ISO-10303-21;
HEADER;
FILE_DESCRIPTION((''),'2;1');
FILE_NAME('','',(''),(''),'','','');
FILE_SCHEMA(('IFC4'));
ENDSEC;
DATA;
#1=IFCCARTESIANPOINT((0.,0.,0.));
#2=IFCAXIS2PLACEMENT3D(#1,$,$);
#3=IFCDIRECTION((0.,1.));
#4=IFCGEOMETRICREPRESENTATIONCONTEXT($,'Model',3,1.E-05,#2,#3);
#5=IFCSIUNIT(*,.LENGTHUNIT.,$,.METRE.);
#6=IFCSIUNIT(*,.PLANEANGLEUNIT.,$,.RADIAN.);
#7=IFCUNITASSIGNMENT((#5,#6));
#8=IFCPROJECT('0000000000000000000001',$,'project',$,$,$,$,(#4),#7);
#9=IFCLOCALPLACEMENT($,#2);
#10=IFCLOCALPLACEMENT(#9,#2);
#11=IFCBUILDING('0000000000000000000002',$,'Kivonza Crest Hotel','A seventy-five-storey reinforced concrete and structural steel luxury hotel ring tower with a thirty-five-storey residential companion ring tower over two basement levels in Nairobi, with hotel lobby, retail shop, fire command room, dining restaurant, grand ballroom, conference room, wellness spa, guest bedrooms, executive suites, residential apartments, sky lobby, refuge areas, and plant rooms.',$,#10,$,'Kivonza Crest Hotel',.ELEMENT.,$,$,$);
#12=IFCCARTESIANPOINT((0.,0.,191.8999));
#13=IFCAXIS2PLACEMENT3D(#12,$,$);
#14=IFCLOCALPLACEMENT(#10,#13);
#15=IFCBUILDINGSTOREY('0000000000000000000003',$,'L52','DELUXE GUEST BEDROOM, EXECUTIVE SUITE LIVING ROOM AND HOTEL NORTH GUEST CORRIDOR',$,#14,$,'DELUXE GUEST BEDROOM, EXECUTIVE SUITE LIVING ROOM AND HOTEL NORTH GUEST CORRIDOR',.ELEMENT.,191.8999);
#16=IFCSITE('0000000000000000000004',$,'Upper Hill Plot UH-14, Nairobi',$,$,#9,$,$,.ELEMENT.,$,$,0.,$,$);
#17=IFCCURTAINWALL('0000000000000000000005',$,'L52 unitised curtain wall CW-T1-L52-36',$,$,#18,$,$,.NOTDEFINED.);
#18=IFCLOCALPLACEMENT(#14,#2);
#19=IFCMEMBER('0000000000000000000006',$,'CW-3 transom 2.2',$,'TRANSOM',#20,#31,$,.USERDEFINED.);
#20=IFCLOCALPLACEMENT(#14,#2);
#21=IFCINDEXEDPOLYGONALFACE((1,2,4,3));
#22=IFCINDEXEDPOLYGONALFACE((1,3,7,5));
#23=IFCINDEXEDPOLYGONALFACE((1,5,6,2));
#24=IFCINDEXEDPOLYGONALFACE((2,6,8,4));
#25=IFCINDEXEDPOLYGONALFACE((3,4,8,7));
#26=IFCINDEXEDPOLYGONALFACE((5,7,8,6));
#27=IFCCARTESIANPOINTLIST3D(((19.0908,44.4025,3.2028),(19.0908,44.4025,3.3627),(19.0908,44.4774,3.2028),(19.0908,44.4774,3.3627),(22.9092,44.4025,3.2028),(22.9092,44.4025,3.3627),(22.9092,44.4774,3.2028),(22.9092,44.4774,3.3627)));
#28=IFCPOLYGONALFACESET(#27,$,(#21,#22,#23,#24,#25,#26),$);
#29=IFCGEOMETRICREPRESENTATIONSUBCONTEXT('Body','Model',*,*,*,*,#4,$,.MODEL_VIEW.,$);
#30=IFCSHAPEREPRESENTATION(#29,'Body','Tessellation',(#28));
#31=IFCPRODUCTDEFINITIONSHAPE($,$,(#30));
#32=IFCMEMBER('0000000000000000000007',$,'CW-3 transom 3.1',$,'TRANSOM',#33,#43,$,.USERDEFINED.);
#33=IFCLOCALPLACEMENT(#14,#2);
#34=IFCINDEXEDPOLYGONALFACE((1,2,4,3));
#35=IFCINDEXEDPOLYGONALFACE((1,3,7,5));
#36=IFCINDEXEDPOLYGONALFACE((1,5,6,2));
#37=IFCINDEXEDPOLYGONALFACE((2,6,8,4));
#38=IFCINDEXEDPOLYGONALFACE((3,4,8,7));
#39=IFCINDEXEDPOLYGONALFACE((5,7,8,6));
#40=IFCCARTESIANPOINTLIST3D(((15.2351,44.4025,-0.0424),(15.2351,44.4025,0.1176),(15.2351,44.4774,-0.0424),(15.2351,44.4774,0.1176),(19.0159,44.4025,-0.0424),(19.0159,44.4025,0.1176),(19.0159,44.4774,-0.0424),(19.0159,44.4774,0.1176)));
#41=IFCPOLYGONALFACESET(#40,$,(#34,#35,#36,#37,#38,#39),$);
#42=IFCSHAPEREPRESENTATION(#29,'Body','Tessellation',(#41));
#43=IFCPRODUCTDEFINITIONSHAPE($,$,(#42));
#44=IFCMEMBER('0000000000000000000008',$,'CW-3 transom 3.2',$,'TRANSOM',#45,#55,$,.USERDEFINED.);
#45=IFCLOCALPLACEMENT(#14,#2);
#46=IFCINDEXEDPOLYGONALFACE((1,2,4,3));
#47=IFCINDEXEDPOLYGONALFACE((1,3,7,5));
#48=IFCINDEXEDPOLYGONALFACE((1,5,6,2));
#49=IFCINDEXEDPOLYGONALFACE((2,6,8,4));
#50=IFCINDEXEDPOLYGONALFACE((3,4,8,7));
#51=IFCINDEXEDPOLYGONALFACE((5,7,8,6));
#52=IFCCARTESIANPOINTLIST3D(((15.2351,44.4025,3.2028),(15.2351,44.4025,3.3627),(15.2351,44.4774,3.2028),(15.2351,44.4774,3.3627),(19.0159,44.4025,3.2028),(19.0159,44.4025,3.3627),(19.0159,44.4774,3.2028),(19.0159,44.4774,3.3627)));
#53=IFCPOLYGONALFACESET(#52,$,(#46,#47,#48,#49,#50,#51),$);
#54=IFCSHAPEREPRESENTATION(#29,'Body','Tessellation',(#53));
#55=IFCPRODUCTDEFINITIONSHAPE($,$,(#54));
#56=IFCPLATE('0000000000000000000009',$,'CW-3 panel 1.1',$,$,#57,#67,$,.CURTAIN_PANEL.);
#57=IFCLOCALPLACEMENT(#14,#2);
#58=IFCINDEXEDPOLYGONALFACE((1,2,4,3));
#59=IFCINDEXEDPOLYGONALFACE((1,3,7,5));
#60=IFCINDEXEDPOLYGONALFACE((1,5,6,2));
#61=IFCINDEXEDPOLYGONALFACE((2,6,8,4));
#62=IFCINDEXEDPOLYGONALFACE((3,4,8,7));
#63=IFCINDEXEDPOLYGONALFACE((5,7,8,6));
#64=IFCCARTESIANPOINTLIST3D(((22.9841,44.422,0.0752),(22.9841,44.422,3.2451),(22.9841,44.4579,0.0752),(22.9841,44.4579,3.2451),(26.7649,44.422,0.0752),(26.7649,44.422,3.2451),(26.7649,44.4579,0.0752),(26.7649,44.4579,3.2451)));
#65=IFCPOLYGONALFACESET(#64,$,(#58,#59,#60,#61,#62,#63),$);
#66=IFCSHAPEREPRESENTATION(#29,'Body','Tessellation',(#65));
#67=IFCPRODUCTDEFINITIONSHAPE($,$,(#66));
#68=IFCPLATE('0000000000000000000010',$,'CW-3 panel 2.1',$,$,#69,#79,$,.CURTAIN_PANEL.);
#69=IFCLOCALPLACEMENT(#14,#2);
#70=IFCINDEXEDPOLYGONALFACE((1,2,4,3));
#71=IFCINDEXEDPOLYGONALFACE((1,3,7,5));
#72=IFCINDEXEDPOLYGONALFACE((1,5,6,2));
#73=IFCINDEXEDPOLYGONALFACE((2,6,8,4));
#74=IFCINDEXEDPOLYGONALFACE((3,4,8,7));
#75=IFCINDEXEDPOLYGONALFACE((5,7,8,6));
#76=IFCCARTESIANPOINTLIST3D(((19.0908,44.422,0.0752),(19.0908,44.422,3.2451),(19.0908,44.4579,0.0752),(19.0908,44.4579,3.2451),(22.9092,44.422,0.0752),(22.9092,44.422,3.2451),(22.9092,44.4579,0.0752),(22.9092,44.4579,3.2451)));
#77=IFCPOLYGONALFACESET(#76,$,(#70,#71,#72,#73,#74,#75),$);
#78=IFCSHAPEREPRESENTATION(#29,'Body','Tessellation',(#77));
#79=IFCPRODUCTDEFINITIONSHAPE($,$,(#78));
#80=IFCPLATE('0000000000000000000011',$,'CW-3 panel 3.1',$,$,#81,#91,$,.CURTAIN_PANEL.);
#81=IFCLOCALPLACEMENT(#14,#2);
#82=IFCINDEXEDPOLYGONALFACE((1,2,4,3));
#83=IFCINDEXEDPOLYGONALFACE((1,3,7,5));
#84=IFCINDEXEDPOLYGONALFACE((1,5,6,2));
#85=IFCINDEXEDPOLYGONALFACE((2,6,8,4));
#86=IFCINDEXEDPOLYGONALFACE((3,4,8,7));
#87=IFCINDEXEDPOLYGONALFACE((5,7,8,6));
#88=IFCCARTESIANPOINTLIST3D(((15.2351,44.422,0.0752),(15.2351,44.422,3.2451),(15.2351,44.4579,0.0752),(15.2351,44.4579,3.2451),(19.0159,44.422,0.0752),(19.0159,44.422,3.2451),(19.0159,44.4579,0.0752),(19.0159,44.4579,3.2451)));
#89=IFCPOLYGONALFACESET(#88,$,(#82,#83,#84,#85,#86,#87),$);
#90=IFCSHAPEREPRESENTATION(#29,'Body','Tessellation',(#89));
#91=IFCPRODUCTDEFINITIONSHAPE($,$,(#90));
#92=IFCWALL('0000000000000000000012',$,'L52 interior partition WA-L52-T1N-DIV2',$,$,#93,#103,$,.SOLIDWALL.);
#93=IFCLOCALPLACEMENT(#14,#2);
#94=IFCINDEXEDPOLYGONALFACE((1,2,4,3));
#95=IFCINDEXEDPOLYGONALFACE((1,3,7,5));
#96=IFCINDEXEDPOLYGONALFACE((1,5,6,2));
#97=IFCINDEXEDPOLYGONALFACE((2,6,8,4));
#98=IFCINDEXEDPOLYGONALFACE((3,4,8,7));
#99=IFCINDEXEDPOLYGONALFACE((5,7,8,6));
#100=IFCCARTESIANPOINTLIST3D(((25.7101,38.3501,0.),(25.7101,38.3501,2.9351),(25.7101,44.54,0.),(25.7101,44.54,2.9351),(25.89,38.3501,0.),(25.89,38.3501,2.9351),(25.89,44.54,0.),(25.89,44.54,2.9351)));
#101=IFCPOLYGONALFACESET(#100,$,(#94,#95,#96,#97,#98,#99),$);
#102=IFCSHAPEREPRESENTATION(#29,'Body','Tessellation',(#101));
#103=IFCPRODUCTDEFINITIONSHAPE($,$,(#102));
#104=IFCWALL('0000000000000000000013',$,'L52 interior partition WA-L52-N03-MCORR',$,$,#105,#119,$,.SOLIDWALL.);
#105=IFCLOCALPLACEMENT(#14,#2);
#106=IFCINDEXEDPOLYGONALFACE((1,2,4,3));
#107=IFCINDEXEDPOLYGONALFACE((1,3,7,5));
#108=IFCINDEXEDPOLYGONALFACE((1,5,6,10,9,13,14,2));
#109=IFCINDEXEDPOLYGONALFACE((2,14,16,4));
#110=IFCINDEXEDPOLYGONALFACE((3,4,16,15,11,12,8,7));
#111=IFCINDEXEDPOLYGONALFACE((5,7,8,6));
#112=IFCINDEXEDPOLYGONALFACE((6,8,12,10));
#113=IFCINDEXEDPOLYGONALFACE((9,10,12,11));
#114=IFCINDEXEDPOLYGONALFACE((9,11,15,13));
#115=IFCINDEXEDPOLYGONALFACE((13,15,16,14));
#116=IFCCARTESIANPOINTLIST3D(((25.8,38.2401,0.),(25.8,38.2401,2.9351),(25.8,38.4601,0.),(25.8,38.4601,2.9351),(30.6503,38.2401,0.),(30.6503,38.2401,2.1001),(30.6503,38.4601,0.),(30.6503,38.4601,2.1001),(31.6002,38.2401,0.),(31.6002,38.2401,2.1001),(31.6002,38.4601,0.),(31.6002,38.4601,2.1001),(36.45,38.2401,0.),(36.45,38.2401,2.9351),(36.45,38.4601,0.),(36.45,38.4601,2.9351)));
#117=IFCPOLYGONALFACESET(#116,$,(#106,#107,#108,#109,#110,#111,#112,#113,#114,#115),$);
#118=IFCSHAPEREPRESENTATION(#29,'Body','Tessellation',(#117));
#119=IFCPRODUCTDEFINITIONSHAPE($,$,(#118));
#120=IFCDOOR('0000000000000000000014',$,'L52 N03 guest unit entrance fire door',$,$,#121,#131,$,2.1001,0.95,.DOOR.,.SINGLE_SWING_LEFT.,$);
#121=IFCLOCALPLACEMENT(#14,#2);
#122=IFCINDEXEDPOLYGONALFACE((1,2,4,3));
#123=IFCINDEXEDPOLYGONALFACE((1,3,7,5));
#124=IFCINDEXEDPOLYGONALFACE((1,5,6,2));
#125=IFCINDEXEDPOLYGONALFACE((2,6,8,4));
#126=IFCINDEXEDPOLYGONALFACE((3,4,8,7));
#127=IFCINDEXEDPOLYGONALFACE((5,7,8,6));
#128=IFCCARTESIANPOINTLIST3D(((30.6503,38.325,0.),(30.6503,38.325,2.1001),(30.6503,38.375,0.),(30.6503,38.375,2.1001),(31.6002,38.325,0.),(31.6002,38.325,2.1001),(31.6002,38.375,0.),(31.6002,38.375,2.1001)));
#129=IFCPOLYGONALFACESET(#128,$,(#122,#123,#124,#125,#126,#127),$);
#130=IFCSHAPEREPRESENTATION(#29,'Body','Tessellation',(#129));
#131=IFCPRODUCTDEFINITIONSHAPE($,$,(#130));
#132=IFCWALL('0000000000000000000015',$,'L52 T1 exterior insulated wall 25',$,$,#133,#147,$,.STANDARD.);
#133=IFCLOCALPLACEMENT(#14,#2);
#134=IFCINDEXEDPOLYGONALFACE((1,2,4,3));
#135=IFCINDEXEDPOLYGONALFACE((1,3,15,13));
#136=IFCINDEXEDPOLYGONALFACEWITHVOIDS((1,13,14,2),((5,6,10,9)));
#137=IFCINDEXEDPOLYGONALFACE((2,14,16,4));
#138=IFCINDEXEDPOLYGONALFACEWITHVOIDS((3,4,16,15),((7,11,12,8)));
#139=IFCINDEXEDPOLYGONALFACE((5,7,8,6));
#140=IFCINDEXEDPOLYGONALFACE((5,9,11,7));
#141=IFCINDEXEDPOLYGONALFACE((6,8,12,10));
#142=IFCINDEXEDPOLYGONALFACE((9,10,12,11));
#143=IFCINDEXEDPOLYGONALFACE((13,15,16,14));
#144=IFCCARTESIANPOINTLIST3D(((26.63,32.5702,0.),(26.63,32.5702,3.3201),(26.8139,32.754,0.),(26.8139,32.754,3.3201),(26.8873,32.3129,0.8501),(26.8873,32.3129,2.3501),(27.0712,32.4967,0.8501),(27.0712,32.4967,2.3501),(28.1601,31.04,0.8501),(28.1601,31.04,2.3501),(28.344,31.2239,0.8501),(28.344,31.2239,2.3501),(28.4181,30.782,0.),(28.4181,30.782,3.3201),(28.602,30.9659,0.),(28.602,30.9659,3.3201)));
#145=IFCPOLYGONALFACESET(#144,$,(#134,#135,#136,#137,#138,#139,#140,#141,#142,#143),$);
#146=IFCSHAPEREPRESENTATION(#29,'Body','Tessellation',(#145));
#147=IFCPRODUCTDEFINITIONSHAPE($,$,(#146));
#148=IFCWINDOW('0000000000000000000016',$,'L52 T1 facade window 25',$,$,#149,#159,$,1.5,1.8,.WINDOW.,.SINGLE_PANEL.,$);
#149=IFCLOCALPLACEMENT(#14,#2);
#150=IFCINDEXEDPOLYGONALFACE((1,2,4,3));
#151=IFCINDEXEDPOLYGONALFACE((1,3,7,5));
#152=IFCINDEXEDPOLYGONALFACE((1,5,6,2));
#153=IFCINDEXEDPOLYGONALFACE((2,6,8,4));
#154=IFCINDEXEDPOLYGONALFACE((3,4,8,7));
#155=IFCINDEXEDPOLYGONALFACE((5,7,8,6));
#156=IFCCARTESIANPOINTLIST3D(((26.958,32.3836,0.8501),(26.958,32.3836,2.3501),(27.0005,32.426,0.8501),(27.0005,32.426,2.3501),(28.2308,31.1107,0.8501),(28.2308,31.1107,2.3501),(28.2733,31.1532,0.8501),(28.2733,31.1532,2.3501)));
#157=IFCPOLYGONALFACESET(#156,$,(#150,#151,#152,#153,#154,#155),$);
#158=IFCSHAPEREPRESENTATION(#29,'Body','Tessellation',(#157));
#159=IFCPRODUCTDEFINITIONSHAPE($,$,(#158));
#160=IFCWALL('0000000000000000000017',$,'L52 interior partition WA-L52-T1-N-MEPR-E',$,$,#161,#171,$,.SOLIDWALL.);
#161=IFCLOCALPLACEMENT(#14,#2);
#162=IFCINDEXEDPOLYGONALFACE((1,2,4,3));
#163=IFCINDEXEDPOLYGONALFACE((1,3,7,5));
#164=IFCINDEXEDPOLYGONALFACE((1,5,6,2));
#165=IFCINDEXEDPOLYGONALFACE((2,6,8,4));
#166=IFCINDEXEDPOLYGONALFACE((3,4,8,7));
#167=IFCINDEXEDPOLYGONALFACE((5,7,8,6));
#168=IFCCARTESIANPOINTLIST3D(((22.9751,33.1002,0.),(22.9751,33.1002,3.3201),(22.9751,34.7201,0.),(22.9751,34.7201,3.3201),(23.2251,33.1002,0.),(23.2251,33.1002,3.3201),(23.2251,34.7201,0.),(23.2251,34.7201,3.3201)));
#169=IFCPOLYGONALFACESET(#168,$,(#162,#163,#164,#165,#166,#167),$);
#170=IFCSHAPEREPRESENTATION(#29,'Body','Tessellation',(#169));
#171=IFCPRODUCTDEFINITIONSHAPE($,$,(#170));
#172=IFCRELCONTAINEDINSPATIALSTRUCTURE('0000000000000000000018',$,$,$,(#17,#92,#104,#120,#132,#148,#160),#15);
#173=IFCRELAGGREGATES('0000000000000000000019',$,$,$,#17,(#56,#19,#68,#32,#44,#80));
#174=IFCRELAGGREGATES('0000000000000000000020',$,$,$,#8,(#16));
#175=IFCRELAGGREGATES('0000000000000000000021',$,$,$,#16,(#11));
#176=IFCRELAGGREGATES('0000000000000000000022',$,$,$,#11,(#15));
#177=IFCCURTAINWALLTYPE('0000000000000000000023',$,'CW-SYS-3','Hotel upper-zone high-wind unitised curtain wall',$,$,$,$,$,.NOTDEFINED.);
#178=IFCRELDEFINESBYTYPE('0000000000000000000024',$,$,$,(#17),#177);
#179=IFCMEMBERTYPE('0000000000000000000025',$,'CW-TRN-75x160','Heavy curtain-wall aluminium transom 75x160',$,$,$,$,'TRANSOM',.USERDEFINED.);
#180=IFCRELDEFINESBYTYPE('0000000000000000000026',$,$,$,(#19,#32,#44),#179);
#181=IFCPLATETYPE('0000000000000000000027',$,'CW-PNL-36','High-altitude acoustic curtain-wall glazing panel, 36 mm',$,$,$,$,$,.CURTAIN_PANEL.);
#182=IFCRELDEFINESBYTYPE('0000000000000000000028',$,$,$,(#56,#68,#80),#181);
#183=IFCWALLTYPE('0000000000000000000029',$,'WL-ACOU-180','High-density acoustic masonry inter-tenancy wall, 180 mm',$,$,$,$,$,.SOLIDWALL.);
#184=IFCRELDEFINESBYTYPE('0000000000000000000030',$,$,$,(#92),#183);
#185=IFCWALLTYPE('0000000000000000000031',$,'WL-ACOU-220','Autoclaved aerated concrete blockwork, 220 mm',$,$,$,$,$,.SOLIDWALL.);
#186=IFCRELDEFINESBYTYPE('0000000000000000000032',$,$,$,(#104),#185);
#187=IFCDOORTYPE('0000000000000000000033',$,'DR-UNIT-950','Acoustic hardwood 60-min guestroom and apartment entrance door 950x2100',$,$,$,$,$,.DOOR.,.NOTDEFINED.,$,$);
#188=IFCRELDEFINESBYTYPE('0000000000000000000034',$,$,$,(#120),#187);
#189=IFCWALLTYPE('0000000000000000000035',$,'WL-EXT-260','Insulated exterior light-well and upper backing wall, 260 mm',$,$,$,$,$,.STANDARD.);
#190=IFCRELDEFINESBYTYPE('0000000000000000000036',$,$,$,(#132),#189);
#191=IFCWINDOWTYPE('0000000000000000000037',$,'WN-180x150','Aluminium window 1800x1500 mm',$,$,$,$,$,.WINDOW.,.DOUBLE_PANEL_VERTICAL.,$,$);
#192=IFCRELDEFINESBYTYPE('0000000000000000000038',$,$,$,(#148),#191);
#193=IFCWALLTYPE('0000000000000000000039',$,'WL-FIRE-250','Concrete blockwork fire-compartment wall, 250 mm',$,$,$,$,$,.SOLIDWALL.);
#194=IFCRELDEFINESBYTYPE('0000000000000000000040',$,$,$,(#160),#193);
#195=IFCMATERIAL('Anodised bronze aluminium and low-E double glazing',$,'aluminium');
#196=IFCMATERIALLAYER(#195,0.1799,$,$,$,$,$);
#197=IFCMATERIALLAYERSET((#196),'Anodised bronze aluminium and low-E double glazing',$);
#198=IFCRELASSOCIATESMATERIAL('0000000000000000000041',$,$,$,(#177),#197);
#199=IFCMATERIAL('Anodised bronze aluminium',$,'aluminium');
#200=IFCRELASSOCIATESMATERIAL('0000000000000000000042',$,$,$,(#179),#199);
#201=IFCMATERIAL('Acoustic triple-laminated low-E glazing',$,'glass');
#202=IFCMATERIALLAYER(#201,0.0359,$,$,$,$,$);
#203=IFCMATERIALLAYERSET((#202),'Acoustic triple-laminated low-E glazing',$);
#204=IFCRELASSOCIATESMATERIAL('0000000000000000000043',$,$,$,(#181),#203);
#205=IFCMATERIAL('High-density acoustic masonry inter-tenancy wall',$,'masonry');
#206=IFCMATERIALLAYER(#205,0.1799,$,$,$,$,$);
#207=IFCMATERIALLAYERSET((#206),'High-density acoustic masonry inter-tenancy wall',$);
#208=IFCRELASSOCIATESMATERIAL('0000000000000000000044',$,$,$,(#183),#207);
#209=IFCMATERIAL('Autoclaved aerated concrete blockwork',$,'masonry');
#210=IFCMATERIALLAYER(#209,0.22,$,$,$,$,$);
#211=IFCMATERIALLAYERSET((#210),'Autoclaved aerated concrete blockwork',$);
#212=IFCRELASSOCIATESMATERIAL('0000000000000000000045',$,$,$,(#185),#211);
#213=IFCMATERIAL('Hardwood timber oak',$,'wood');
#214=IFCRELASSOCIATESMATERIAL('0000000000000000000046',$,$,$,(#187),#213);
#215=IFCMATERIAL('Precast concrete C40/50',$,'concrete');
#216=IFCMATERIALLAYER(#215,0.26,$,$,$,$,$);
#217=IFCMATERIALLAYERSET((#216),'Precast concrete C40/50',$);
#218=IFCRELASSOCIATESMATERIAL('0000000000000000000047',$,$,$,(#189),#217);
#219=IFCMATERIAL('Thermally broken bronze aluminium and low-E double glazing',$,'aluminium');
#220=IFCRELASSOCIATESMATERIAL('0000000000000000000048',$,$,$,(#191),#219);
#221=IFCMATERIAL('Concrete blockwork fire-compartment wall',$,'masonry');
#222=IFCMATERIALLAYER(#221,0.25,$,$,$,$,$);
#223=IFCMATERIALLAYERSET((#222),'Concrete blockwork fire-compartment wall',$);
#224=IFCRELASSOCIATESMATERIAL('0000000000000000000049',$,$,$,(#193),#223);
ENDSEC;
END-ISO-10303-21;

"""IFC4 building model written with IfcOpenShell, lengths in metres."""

from ifc_helpers import new_model, si_unit, direction, frame, frame_2d, origin, origin_2d, place, context, subcontext, project, spatial, rectangle, extrude, material, layer, layer_set, material_profile, profile_set, type_object, element, fill, aggregate, save


model = new_model("IFC4")

# Units and contexts
model_context = context("Model", 3, precision=1e-05, world=origin(), true_north=direction((0.0, 1.0)))
body_context = subcontext(model_context, "Body", "Model", "MODEL_VIEW")
ifc_project = project(units=[si_unit("LENGTHUNIT", "METRE"), si_unit("PLANEANGLEUNIT", "RADIAN")], contexts=[model_context])

# Site, building, storey
site_placement = place(None, origin())
site = spatial("IfcSite", under=ifc_project, at=site_placement, Name="Upper Hill Plot UH-14, Nairobi", CompositionType="ELEMENT", RefElevation=0.0)
building_placement = place(site_placement, origin())
building = spatial("IfcBuilding", under=site, at=building_placement, Name="Kivonza Crest Hotel", Description="A seventy-five-storey reinforced concrete and structural steel luxury hotel ring tower with a thirty-five-storey residential companion ring tower over two basement levels in Nairobi, with hotel lobby, retail shop, fire command room, dining restaurant, grand ballroom, conference room, wellness spa, guest bedrooms, executive suites, residential apartments, sky lobby, refuge areas, and plant rooms.", LongName="Kivonza Crest Hotel", CompositionType="ELEMENT")
storey_placement = place(building_placement, frame((0.0, 0.0, 191.8999)))
storey = spatial("IfcBuildingStorey", under=building, at=storey_placement, Name="L52", Description="DELUXE GUEST BEDROOM, EXECUTIVE SUITE LIVING ROOM AND HOTEL NORTH GUEST CORRIDOR", LongName="DELUXE GUEST BEDROOM, EXECUTIVE SUITE LIVING ROOM AND HOTEL NORTH GUEST CORRIDOR", CompositionType="ELEMENT", Elevation=191.8999)

# Curtain wall, members, plates
ifc_material_1 = material(Name="Anodised bronze aluminium and low-E double glazing", Category="aluminium")
ifc_layer_1 = layer(ifc_material_1, 0.1799)
ifc_layer_set_1 = layer_set([ifc_layer_1], Name="Anodised bronze aluminium and low-E double glazing")
curtain_wall_type = type_object("IfcCurtainWallType", Name="CW-SYS-3", Description="Hotel upper-zone high-wind unitised curtain wall", PredefinedType="NOTDEFINED", material=ifc_layer_set_1)
curtain_wall_placement = place(storey_placement, origin())
curtain_wall = element("IfcCurtainWall", 1, at=curtain_wall_placement, inside=storey, type_object=curtain_wall_type, Name="L52 unitised curtain wall CW-T1-L52-36", PredefinedType="NOTDEFINED")
ifc_material_2 = material(Name="Anodised bronze aluminium", Category="aluminium")
ifc_material_profile_1 = material_profile(ifc_material_2, rectangle(XDim=0.075, YDim=0.1599, at=origin_2d()), Name="CW-T 75x160")
ifc_profile_set_1 = profile_set([ifc_material_profile_1], Name="Anodised bronze aluminium")
member_type_1 = type_object("IfcMemberType", Name="CW-TRN-75x160", Description="Heavy curtain-wall aluminium transom 75x160", ElementType="TRANSOM", PredefinedType="USERDEFINED", material=ifc_profile_set_1)
member_1_placement = place(storey_placement, frame((22.9092, 44.4399, 3.2827), z_axis=(-1.0, 0.0, 0.0), x_axis=(0.0, -1.0, 0.0)))
member_1 = element("IfcMember", 2, at=member_1_placement, type_object=member_type_1, Name="CW-3 transom 2.2", ObjectType="TRANSOM", PredefinedType="USERDEFINED", context=body_context, shape_type="SweptSolid", body=[
    extrude(rectangle(XDim=0.075, YDim=0.1599, at=origin_2d()), origin(), (0.0, 0.0, 1.0), 3.8184),
])
member_2_placement = place(storey_placement, frame((19.0159, 44.4399, 0.0376), z_axis=(-1.0, 0.0, 0.0), x_axis=(0.0, -1.0, 0.0)))
member_2 = element("IfcMember", 3, at=member_2_placement, type_object=member_type_1, Name="CW-3 transom 3.1", ObjectType="TRANSOM", PredefinedType="USERDEFINED", context=body_context, shape_type="SweptSolid", body=[
    extrude(rectangle(XDim=0.075, YDim=0.1599, at=origin_2d()), origin(), (0.0, 0.0, 1.0), 3.7808),
])
member_3_placement = place(storey_placement, frame((19.0159, 44.4399, 3.2827), z_axis=(-1.0, 0.0, 0.0), x_axis=(0.0, -1.0, 0.0)))
member_3 = element("IfcMember", 4, at=member_3_placement, type_object=member_type_1, Name="CW-3 transom 3.2", ObjectType="TRANSOM", PredefinedType="USERDEFINED", context=body_context, shape_type="SweptSolid", body=[
    extrude(rectangle(XDim=0.075, YDim=0.1599, at=origin_2d()), origin(), (0.0, 0.0, 1.0), 3.7808),
])
ifc_material_3 = material(Name="Acoustic triple-laminated low-E glazing", Category="glass")
ifc_layer_2 = layer(ifc_material_3, 0.0359)
ifc_layer_set_2 = layer_set([ifc_layer_2], Name="Acoustic triple-laminated low-E glazing")
plate_type = type_object("IfcPlateType", Name="CW-PNL-36", Description="High-altitude acoustic curtain-wall glazing panel, 36 mm", PredefinedType="CURTAIN_PANEL", material=ifc_layer_set_2)
plate_1_placement = place(storey_placement, frame((24.8745, 44.4399, 0.0752), z_axis=(0.0, 0.0, 1.0), x_axis=(-1.0, 0.0, 0.0)))
plate_1 = element("IfcPlate", 5, at=plate_1_placement, type_object=plate_type, Name="CW-3 panel 1.1", PredefinedType="CURTAIN_PANEL", context=body_context, shape_type="SweptSolid", body=[
    extrude(rectangle(XDim=3.7808, YDim=0.0359, at=origin_2d()), origin(), (0.0, 0.0, 1.0), 3.1699),
])
plate_2_placement = place(storey_placement, frame((21.0, 44.4399, 0.0752), z_axis=(0.0, 0.0, 1.0), x_axis=(-1.0, 0.0, 0.0)))
plate_2 = element("IfcPlate", 6, at=plate_2_placement, type_object=plate_type, Name="CW-3 panel 2.1", PredefinedType="CURTAIN_PANEL", context=body_context, shape_type="SweptSolid", body=[
    extrude(rectangle(XDim=3.8184, YDim=0.0359, at=origin_2d()), origin(), (0.0, 0.0, 1.0), 3.1699),
])
plate_3_placement = place(storey_placement, frame((17.1255, 44.4399, 0.0752), z_axis=(0.0, 0.0, 1.0), x_axis=(-1.0, 0.0, 0.0)))
plate_3 = element("IfcPlate", 7, at=plate_3_placement, type_object=plate_type, Name="CW-3 panel 3.1", PredefinedType="CURTAIN_PANEL", context=body_context, shape_type="SweptSolid", body=[
    extrude(rectangle(XDim=3.7808, YDim=0.0359, at=origin_2d()), origin(), (0.0, 0.0, 1.0), 3.1699),
])
aggregate(curtain_wall, [plate_1, member_1, plate_2, member_2, member_3, plate_3])

# Wall
ifc_material_4 = material(Name="High-density acoustic masonry inter-tenancy wall", Category="masonry")
ifc_layer_3 = layer(ifc_material_4, 0.1799)
ifc_layer_set_3 = layer_set([ifc_layer_3], Name="High-density acoustic masonry inter-tenancy wall")
wall_type_1 = type_object("IfcWallType", Name="WL-ACOU-180", Description="High-density acoustic masonry inter-tenancy wall, 180 mm", PredefinedType="SOLIDWALL", material=ifc_layer_set_3)
wall_1_placement = place(storey_placement, frame((25.8, 38.3501, 0.0), z_axis=(0.0, 0.0, 1.0), x_axis=(0.0, 1.0, 0.0)))
element("IfcWall", 8, at=wall_1_placement, inside=storey, type_object=wall_type_1, Name="L52 interior partition WA-L52-T1N-DIV2", PredefinedType="SOLIDWALL", context=body_context, shape_type="SweptSolid", body=[
    extrude(rectangle(XDim=6.1899, YDim=0.1799, at=frame_2d((3.095, 0.0))), origin(), (0.0, 0.0, 1.0), 2.9351),
])

# Wall, opening, door
ifc_material_5 = material(Name="Autoclaved aerated concrete blockwork", Category="masonry")
ifc_layer_4 = layer(ifc_material_5, 0.22)
ifc_layer_set_4 = layer_set([ifc_layer_4], Name="Autoclaved aerated concrete blockwork")
wall_type_2 = type_object("IfcWallType", Name="WL-ACOU-220", Description="Autoclaved aerated concrete blockwork, 220 mm", PredefinedType="SOLIDWALL", material=ifc_layer_set_4)
wall_2_placement = place(storey_placement, frame((25.8, 38.3501, 0.0), z_axis=(0.0, 0.0, 1.0), x_axis=(1.0, 0.0, 0.0)))
wall_2 = element("IfcWall", 9, at=wall_2_placement, inside=storey, type_object=wall_type_2, Name="L52 interior partition WA-L52-N03-MCORR", PredefinedType="SOLIDWALL", context=body_context, shape_type="SweptSolid", body=[
    extrude(rectangle(XDim=10.6499, YDim=0.22, at=frame_2d((5.325, 0.0))), origin(), (0.0, 0.0, 1.0), 2.9351),
])
opening_1_placement = place(wall_2_placement, frame((4.8501, 0.0, 0.0)))
opening_1 = element("IfcOpeningElement", 10, at=opening_1_placement, cuts=wall_2, PredefinedType="OPENING", context=body_context, shape_type="SweptSolid", body=[
    extrude(rectangle(XDim=0.95, YDim=2.1001, at=frame_2d((0.4751, 1.05))), frame((0.0, 0.1201, 0.0), z_axis=(0.0, -1.0, 0.0), x_axis=(1.0, 0.0, 0.0)), (0.0, 0.0, 1.0), 0.24),
])
ifc_material_6 = material(Name="Hardwood timber oak", Category="wood")
door_type_1 = type_object("IfcDoorType", Name="DR-UNIT-950", Description="Acoustic hardwood 60-min guestroom and apartment entrance door 950x2100", OperationType="NOTDEFINED", PredefinedType="DOOR", material=ifc_material_6)
door_1_placement = place(opening_1_placement, origin())
door_1 = element("IfcDoor", 11, at=door_1_placement, inside=storey, type_object=door_type_1, Name="L52 N03 guest unit entrance fire door", OperationType="SINGLE_SWING_LEFT", OverallHeight=2.1001, OverallWidth=0.95, PredefinedType="DOOR", context=body_context, shape_type="SweptSolid", body=[
    extrude(rectangle(XDim=0.95, YDim=2.1001, at=frame_2d((0.4751, 1.05))), frame((0.0, 0.0249, 0.0), z_axis=(0.0, -1.0, 0.0), x_axis=(1.0, 0.0, 0.0)), (0.0, 0.0, 1.0), 0.05),
])
fill(opening_1, door_1)

# Wall, opening, window
ifc_material_7 = material(Name="Precast concrete C40/50", Category="concrete")
ifc_layer_5 = layer(ifc_material_7, 0.26)
ifc_layer_set_5 = layer_set([ifc_layer_5], Name="Precast concrete C40/50")
wall_type_3 = type_object("IfcWallType", Name="WL-EXT-260", Description="Insulated exterior light-well and upper backing wall, 260 mm", PredefinedType="STANDARD", material=ifc_layer_set_5)
wall_3_placement = place(storey_placement, frame((26.7219, 32.6621, 0.0), z_axis=(0.0, 0.0, 1.0), x_axis=(0.707107, -0.707107, 0.0)))
wall_3 = element("IfcWall", 12, at=wall_3_placement, inside=storey, type_object=wall_type_3, Name="L52 T1 exterior insulated wall 25", PredefinedType="STANDARD", context=body_context, shape_type="SweptSolid", body=[
    extrude(rectangle(XDim=2.5288, YDim=0.26, at=frame_2d((1.2644, 0.0))), origin(), (0.0, 0.0, 1.0), 3.3201),
])
opening_2_placement = place(wall_3_placement, frame((0.364, 0.0, 0.8501)))
opening_2 = element("IfcOpeningElement", 13, at=opening_2_placement, cuts=wall_3, PredefinedType="OPENING", context=body_context, shape_type="SweptSolid", body=[
    extrude(rectangle(XDim=1.8, YDim=1.5, at=frame_2d((0.8999, 0.75))), frame((0.0, 0.1401, 0.0), z_axis=(0.0, -1.0, 0.0), x_axis=(1.0, 0.0, 0.0)), (0.0, 0.0, 1.0), 0.28),
])
ifc_material_8 = material(Name="Thermally broken bronze aluminium and low-E double glazing", Category="aluminium")
window_type = type_object("IfcWindowType", Name="WN-180x150", Description="Aluminium window 1800x1500 mm", PartitioningType="DOUBLE_PANEL_VERTICAL", PredefinedType="WINDOW", material=ifc_material_8)
window_placement = place(opening_2_placement, origin())
window = element("IfcWindow", 14, at=window_placement, inside=storey, type_object=window_type, Name="L52 T1 facade window 25", OverallHeight=1.5, OverallWidth=1.8, PartitioningType="SINGLE_PANEL", PredefinedType="WINDOW", context=body_context, shape_type="SweptSolid", body=[
    extrude(rectangle(XDim=1.8, YDim=1.5, at=frame_2d((0.8999, 0.75))), frame((0.0, 0.03, 0.0), z_axis=(0.0, -1.0, 0.0), x_axis=(1.0, 0.0, 0.0)), (0.0, 0.0, 1.0), 0.0601),
])
fill(opening_2, window)

# Wall
ifc_material_9 = material(Name="Concrete blockwork fire-compartment wall", Category="masonry")
ifc_layer_6 = layer(ifc_material_9, 0.25)
ifc_layer_set_6 = layer_set([ifc_layer_6], Name="Concrete blockwork fire-compartment wall")
wall_type_4 = type_object("IfcWallType", Name="WL-FIRE-250", Description="Concrete blockwork fire-compartment wall, 250 mm", PredefinedType="SOLIDWALL", material=ifc_layer_set_6)
wall_4_placement = place(storey_placement, frame((23.1001, 33.1001, 0.0), z_axis=(0.0, 0.0, 1.0), x_axis=(0.0, 1.0, 0.0)))
element("IfcWall", 15, at=wall_4_placement, inside=storey, type_object=wall_type_4, Name="L52 interior partition WA-L52-T1-N-MEPR-E", PredefinedType="SOLIDWALL", context=body_context, shape_type="SweptSolid", body=[
    extrude(rectangle(XDim=1.6199, YDim=0.25, at=frame_2d((0.8101, 0.0))), origin(), (0.0, 0.0, 1.0), 3.3201),
])

save(model, "model.ifc")
